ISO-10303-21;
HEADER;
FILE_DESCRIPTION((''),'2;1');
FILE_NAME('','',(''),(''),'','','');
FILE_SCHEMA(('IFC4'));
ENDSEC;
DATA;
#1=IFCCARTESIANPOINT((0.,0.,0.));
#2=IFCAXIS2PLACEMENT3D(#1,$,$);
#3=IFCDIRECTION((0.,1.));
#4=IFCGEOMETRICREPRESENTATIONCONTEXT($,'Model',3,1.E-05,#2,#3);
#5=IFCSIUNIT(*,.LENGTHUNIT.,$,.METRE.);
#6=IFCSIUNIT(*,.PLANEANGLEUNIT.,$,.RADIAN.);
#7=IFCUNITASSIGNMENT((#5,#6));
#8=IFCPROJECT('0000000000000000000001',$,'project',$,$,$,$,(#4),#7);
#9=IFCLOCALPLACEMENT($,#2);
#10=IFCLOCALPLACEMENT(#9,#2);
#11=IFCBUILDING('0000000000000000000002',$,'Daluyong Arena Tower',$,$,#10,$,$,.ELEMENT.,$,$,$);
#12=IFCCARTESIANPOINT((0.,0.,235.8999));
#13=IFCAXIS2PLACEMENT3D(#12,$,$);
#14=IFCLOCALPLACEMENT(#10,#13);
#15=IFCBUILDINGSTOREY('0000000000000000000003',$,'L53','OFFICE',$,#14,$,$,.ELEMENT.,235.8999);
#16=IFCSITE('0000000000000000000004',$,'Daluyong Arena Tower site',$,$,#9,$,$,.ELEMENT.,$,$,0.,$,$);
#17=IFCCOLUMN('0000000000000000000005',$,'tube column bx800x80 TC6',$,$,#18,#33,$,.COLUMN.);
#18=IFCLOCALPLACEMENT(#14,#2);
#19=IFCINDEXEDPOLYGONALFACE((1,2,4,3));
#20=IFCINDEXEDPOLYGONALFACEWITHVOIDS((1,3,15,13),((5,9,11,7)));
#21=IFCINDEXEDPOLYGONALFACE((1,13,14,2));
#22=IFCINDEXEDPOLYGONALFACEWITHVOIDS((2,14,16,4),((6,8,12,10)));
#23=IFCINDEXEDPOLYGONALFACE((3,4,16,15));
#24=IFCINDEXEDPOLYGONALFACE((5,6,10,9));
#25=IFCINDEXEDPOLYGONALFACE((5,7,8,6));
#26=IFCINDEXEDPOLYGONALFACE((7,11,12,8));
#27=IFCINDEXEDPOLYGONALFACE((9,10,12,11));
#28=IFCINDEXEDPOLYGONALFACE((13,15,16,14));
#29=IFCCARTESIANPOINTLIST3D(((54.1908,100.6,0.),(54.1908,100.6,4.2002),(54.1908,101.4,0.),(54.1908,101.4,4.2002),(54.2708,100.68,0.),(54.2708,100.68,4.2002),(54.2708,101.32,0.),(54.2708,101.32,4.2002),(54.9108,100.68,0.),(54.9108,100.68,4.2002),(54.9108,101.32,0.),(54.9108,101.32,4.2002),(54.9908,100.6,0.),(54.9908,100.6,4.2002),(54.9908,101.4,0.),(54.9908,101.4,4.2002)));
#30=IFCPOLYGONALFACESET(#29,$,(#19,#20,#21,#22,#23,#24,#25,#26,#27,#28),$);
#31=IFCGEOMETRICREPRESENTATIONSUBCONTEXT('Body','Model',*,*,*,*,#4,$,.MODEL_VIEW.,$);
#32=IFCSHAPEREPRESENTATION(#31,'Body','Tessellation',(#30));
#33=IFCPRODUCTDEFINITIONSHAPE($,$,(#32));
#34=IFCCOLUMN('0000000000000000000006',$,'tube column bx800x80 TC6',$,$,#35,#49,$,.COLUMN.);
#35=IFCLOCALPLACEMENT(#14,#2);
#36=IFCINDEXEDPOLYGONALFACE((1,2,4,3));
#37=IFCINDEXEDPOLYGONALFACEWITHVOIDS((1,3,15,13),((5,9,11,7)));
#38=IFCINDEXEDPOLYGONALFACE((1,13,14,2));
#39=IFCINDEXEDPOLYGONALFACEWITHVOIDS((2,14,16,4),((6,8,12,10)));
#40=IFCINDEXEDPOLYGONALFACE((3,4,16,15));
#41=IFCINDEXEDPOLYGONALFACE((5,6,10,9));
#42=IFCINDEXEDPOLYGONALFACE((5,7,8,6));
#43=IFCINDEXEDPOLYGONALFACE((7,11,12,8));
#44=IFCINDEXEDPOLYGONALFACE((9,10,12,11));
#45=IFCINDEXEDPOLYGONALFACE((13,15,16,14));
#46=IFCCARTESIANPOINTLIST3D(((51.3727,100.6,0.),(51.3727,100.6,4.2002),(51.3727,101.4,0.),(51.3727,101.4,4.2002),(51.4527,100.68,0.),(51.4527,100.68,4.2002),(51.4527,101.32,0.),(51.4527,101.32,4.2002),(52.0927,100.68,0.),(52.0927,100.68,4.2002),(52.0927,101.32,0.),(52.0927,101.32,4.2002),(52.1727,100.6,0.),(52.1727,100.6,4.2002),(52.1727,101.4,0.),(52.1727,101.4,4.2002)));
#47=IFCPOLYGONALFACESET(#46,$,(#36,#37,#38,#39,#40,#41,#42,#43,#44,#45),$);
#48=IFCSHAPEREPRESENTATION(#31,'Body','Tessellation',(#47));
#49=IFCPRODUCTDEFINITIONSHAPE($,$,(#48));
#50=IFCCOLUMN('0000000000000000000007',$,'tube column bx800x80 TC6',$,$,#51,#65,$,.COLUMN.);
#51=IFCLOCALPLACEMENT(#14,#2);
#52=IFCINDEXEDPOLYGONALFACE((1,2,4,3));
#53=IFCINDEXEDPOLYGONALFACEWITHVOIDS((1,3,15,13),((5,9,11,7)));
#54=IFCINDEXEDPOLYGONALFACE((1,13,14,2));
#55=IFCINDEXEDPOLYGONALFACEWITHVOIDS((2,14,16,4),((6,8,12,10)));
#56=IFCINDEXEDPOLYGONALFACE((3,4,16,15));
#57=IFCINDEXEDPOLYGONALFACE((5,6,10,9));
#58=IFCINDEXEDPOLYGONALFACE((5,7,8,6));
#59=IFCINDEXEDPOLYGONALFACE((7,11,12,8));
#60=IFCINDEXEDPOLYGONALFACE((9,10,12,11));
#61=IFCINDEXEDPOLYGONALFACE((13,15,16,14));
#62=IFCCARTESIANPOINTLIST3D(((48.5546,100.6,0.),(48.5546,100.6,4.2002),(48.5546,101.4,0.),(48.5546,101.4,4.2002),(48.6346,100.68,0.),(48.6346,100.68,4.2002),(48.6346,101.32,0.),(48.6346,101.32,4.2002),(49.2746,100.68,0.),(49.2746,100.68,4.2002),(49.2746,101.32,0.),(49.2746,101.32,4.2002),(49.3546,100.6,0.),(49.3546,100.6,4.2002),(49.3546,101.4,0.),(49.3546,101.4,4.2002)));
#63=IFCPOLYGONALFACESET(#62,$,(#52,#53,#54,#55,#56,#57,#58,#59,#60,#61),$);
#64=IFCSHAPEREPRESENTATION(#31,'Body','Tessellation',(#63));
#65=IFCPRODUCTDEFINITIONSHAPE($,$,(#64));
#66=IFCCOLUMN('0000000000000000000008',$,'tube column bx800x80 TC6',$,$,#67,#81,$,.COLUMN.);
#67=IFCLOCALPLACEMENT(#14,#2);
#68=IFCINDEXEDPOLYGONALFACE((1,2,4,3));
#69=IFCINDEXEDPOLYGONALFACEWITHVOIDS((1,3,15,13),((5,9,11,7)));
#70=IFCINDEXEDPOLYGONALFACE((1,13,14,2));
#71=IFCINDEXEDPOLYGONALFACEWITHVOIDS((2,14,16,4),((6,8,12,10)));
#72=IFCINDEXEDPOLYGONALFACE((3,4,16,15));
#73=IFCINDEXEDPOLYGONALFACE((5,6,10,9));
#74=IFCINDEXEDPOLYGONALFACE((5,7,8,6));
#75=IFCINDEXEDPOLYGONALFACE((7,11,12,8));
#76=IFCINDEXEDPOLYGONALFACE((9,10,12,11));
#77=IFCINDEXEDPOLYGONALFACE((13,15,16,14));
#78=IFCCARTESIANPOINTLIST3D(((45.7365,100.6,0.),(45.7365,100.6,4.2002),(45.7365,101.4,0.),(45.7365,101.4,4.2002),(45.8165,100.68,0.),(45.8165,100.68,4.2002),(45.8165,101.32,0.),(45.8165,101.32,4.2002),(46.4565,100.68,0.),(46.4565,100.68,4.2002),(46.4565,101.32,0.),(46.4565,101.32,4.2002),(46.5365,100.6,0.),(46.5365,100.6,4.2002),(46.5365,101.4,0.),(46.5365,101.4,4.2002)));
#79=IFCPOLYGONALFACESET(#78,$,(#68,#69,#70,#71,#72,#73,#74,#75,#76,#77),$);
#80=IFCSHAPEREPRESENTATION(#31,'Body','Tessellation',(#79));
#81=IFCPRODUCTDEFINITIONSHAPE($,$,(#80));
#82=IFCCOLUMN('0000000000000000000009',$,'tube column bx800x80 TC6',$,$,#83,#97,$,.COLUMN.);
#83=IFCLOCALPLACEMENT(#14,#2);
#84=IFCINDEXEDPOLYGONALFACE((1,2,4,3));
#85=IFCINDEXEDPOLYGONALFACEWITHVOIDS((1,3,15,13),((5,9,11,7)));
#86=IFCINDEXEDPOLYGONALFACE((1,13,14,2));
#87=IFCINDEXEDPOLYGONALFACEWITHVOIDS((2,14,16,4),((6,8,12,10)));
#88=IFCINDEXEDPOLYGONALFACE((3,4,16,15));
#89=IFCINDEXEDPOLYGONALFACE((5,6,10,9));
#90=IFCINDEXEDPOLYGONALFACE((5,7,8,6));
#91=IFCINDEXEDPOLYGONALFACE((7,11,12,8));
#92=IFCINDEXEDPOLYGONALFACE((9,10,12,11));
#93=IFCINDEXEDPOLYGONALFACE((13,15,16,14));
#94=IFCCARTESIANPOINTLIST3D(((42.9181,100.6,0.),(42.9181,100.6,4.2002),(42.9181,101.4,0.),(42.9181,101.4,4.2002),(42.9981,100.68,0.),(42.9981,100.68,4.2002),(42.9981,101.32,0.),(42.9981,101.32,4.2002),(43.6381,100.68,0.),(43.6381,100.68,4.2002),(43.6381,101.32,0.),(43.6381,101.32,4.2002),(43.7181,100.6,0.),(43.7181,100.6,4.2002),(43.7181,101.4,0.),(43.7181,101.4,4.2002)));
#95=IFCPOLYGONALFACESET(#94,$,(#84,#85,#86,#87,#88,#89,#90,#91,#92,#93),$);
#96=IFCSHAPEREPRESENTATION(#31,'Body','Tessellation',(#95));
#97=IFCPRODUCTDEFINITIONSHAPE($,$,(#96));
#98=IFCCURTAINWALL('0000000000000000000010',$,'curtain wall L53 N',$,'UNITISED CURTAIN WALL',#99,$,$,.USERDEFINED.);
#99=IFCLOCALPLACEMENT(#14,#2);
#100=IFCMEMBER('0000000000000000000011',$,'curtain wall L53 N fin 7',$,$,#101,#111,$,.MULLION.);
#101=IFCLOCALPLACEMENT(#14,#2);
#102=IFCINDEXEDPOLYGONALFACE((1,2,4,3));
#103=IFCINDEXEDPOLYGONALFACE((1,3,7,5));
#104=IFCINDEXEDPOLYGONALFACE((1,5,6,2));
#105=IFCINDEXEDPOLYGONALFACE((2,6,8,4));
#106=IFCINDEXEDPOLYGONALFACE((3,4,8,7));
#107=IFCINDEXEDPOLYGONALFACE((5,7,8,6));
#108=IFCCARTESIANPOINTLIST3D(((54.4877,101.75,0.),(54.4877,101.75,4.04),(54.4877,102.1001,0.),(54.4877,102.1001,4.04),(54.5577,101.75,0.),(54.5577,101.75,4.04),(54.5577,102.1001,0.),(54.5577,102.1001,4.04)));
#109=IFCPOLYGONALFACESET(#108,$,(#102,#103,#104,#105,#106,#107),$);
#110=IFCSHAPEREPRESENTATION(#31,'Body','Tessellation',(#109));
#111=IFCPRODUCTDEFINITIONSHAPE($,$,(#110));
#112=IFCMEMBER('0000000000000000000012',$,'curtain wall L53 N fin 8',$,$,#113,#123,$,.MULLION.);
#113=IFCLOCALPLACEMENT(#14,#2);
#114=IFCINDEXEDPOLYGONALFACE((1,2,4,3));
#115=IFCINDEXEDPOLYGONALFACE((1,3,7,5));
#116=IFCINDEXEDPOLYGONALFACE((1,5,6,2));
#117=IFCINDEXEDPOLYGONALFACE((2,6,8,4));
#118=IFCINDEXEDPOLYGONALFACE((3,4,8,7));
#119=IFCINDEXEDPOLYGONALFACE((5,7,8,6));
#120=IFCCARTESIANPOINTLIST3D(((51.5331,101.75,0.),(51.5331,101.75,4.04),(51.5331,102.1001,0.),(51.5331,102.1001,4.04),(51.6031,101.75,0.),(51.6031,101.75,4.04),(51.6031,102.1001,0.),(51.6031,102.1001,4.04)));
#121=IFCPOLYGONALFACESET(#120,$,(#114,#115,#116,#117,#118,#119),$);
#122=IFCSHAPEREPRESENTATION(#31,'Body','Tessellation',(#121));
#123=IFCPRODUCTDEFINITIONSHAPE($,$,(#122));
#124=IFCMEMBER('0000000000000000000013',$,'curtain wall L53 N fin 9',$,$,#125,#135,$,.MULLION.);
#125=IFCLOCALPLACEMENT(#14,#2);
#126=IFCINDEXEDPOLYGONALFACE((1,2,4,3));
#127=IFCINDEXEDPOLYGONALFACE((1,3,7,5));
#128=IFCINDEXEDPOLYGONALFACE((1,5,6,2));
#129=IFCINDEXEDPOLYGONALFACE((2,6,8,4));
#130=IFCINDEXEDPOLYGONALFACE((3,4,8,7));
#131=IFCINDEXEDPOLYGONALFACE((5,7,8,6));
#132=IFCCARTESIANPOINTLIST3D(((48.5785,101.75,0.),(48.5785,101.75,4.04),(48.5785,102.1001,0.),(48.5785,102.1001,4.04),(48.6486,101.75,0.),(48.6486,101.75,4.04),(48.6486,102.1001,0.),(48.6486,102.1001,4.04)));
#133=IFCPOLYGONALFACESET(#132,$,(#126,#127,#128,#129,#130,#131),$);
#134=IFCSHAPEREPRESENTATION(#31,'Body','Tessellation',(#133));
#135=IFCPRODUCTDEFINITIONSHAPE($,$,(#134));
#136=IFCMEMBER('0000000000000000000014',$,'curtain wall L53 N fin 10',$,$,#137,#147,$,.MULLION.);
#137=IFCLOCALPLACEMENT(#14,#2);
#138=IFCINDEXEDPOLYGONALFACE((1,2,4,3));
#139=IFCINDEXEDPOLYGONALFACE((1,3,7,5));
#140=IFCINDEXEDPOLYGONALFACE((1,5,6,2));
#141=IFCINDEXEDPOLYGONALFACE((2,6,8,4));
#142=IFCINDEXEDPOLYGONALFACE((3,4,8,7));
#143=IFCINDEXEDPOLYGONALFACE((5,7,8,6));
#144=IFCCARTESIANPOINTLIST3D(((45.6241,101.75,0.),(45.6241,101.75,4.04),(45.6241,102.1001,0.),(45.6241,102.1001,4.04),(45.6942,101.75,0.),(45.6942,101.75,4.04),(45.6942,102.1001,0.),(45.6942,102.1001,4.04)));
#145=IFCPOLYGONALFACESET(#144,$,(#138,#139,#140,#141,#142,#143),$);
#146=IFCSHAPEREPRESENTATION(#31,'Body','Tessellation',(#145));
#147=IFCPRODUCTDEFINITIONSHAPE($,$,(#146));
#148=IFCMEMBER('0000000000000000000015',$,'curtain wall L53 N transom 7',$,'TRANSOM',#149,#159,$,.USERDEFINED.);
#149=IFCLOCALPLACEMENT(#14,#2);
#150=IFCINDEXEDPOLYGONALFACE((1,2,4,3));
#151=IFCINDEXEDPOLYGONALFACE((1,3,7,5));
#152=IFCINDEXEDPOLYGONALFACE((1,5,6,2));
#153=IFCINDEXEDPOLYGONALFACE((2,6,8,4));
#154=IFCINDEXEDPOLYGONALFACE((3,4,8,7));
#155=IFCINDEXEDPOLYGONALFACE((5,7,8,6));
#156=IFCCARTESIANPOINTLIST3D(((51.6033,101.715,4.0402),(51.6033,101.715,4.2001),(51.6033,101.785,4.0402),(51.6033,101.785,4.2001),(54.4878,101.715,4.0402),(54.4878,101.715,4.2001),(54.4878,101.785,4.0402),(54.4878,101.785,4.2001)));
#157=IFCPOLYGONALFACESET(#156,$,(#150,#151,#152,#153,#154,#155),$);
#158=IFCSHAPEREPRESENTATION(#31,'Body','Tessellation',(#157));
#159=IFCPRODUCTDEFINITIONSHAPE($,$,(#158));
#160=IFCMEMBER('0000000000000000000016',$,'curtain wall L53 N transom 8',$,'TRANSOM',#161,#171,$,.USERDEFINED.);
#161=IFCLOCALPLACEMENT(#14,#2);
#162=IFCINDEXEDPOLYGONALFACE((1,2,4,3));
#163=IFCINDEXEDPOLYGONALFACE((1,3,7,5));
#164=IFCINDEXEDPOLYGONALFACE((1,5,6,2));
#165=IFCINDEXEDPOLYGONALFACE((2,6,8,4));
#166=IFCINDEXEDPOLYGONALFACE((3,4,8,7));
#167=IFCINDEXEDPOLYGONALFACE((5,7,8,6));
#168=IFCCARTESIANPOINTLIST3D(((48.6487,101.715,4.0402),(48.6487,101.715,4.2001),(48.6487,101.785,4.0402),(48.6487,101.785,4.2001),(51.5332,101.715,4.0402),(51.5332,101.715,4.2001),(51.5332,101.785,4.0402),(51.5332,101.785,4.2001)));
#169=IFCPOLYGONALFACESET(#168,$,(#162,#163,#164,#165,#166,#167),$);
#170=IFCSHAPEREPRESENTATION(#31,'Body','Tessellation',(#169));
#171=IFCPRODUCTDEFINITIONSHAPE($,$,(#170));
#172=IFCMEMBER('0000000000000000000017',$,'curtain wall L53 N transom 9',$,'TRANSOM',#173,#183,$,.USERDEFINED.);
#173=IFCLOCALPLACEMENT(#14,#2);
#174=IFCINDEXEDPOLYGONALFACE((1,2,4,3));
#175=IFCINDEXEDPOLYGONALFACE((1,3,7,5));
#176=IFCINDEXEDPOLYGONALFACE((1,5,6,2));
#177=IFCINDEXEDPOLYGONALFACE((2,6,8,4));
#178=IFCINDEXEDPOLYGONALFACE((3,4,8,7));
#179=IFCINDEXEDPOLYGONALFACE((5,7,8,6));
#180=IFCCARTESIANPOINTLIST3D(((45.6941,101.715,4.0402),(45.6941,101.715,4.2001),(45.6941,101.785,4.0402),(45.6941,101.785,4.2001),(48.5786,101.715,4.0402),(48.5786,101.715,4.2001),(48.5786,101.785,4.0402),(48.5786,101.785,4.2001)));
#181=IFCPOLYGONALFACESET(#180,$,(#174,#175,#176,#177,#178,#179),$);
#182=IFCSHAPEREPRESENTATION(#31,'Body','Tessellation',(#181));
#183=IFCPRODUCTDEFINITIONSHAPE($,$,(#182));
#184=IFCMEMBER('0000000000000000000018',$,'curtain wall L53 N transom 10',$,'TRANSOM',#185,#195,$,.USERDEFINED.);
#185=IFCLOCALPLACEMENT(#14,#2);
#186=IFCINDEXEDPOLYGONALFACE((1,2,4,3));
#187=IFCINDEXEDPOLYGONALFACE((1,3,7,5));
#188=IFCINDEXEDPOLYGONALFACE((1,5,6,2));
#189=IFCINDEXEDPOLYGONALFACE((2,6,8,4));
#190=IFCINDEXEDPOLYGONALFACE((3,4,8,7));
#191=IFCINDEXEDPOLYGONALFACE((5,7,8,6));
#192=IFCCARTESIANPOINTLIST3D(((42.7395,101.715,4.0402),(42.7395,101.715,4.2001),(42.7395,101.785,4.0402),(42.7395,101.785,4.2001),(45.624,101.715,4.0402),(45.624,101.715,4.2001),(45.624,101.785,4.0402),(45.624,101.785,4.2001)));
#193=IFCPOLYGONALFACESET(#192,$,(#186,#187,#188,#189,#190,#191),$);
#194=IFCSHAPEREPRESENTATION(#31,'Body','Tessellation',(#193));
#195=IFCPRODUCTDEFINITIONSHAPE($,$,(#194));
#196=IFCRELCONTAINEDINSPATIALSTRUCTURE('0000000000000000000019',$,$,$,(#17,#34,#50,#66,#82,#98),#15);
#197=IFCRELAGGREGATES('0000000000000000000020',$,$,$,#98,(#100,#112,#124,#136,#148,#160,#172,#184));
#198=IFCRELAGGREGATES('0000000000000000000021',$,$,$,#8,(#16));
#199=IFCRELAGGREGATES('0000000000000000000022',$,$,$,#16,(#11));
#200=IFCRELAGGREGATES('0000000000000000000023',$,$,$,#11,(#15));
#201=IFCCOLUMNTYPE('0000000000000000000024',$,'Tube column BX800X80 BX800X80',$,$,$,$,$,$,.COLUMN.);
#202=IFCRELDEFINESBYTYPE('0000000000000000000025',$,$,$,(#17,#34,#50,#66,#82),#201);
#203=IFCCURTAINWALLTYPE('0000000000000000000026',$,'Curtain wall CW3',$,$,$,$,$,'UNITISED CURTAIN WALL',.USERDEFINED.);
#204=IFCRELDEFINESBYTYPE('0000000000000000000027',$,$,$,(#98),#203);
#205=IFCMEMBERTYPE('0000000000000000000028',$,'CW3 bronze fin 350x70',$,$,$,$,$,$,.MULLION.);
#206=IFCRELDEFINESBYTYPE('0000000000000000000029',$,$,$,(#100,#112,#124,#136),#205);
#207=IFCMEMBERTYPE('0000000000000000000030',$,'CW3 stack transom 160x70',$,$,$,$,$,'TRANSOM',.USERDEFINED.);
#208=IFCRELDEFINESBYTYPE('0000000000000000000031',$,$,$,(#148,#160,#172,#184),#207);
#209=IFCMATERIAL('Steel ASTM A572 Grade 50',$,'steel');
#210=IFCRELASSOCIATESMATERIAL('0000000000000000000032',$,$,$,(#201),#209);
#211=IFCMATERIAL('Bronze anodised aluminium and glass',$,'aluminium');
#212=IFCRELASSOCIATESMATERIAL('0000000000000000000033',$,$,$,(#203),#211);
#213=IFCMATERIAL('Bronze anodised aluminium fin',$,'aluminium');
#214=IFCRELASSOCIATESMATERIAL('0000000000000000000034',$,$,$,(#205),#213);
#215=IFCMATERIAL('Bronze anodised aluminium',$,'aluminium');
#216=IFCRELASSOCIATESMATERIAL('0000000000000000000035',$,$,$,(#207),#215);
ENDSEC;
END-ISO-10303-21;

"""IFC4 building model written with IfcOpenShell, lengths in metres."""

from ifc_helpers import new_model, si_unit, direction, frame, origin, origin_2d, place, context, subcontext, project, spatial, rectangle, hollow_rectangle, extrude, material, material_profile, profile_set, type_object, element, aggregate, save


model = new_model("IFC4")

# Units and contexts
model_context = context("Model", 3, precision=1e-05, world=origin(), true_north=direction((0.0, 1.0)))
body_context = subcontext(model_context, "Body", "Model", "MODEL_VIEW")
ifc_project = project(units=[si_unit("LENGTHUNIT", "METRE"), si_unit("PLANEANGLEUNIT", "RADIAN")], contexts=[model_context])

# Site, building, storey
site_placement = place(None, origin())
site = spatial("IfcSite", under=ifc_project, at=site_placement, Name="Daluyong Arena Tower site", CompositionType="ELEMENT", RefElevation=0.0)
building_placement = place(site_placement, origin())
building = spatial("IfcBuilding", under=site, at=building_placement, Name="Daluyong Arena Tower", CompositionType="ELEMENT")
storey_placement = place(building_placement, frame((0.0, 0.0, 235.8999)))
storey = spatial("IfcBuildingStorey", under=building, at=storey_placement, Name="L53", Description="OFFICE", CompositionType="ELEMENT", Elevation=235.8999)

# Columns
ifc_material_1 = material(Name="Steel ASTM A572 Grade 50", Category="steel")
ifc_material_profile_1 = material_profile(ifc_material_1, hollow_rectangle(XDim=0.8, YDim=0.8, WallThickness=0.08, at=origin_2d()))
ifc_profile_set_1 = profile_set([ifc_material_profile_1], Name="Steel ASTM A572 Grade 50")
column_type = type_object("IfcColumnType", Name="Tube column BX800X80 BX800X80", PredefinedType="COLUMN", material=ifc_profile_set_1)
for number, where, z_axis, x_axis, name in (
    (1, (54.5908, 101.0, 0.0), (0.0, 0.0, 1.0), (1.0, 0.0, 0.0), "tube column bx800x80 TC6"),
    (2, (51.7727, 101.0, 0.0), (0.0, 0.0, 1.0), (1.0, 0.0, 0.0), "tube column bx800x80 TC6"),
    (3, (48.9546, 101.0, 0.0), (0.0, 0.0, 1.0), (1.0, 0.0, 0.0), "tube column bx800x80 TC6"),
    (4, (46.1365, 101.0, 0.0), (0.0, 0.0, 1.0), (1.0, 0.0, 0.0), "tube column bx800x80 TC6"),
    (5, (43.3181, 101.0, 0.0), (0.0, 0.0, 1.0), (1.0, 0.0, 0.0), "tube column bx800x80 TC6"),
):
    element("IfcColumn", number, at=place(storey_placement, frame(where, z_axis=z_axis, x_axis=x_axis)), inside=storey, type_object=column_type, Name=name, PredefinedType="COLUMN", context=body_context, shape_type="SweptSolid", body=[
        extrude(hollow_rectangle(XDim=0.8, YDim=0.8, WallThickness=0.08, at=origin_2d()), origin(), (0.0, 0.0, 1.0), 4.2002),
    ])

# Curtain wall, members
ifc_material_2 = material(Name="Bronze anodised aluminium and glass", Category="aluminium")
curtain_wall_type = type_object("IfcCurtainWallType", Name="Curtain wall CW3", ElementType="UNITISED CURTAIN WALL", PredefinedType="USERDEFINED", material=ifc_material_2)
curtain_wall_placement = place(storey_placement, origin())
curtain_wall = element("IfcCurtainWall", 6, at=curtain_wall_placement, inside=storey, type_object=curtain_wall_type, Name="curtain wall L53 N", ObjectType="UNITISED CURTAIN WALL", PredefinedType="USERDEFINED")
ifc_material_3 = material(Name="Bronze anodised aluminium fin", Category="aluminium")
ifc_material_profile_2 = material_profile(ifc_material_3, rectangle(XDim=0.3501, YDim=0.0701, at=origin_2d()))
ifc_profile_set_2 = profile_set([ifc_material_profile_2], Name="Bronze anodised aluminium fin")
member_type_1 = type_object("IfcMemberType", Name="CW3 bronze fin 350x70", PredefinedType="MULLION", material=ifc_profile_set_2)
member_1_placement = place(storey_placement, frame((54.5227, 101.925, 0.0), z_axis=(0.0, 0.0, 1.0), x_axis=(0.0, -1.0, 0.0)))
member_1 = element("IfcMember", 7, at=member_1_placement, type_object=member_type_1, Name="curtain wall L53 N fin 7", PredefinedType="MULLION", context=body_context, shape_type="SweptSolid", body=[
    extrude(rectangle(XDim=0.3501, YDim=0.0701, at=origin_2d()), origin(), (0.0, 0.0, 1.0), 4.04),
])
member_2_placement = place(storey_placement, frame((51.5681, 101.925, 0.0), z_axis=(0.0, 0.0, 1.0), x_axis=(0.0, -1.0, 0.0)))
member_2 = element("IfcMember", 8, at=member_2_placement, type_object=member_type_1, Name="curtain wall L53 N fin 8", PredefinedType="MULLION", context=body_context, shape_type="SweptSolid", body=[
    extrude(rectangle(XDim=0.3501, YDim=0.0701, at=origin_2d()), origin(), (0.0, 0.0, 1.0), 4.04),
])
member_3_placement = place(storey_placement, frame((48.6135, 101.925, 0.0), z_axis=(0.0, 0.0, 1.0), x_axis=(0.0, -1.0, 0.0)))
member_3 = element("IfcMember", 9, at=member_3_placement, type_object=member_type_1, Name="curtain wall L53 N fin 9", PredefinedType="MULLION", context=body_context, shape_type="SweptSolid", body=[
    extrude(rectangle(XDim=0.3501, YDim=0.0701, at=origin_2d()), origin(), (0.0, 0.0, 1.0), 4.04),
])
member_4_placement = place(storey_placement, frame((45.6592, 101.925, 0.0), z_axis=(0.0, 0.0, 1.0), x_axis=(0.0, -1.0, 0.0)))
member_4 = element("IfcMember", 10, at=member_4_placement, type_object=member_type_1, Name="curtain wall L53 N fin 10", PredefinedType="MULLION", context=body_context, shape_type="SweptSolid", body=[
    extrude(rectangle(XDim=0.3501, YDim=0.0701, at=origin_2d()), origin(), (0.0, 0.0, 1.0), 4.04),
])
ifc_material_4 = material(Name="Bronze anodised aluminium", Category="aluminium")
ifc_material_profile_3 = material_profile(ifc_material_4, rectangle(XDim=0.0701, YDim=0.1599, at=origin_2d()))
ifc_profile_set_3 = profile_set([ifc_material_profile_3], Name="Bronze anodised aluminium")
member_type_2 = type_object("IfcMemberType", Name="CW3 stack transom 160x70", ElementType="TRANSOM", PredefinedType="USERDEFINED", material=ifc_profile_set_3)
member_5_placement = place(storey_placement, frame((54.4878, 101.75, 4.1201), z_axis=(-1.0, 0.0, 0.0), x_axis=(0.0, -1.0, 0.0)))
member_5 = element("IfcMember", 11, at=member_5_placement, type_object=member_type_2, Name="curtain wall L53 N transom 7", ObjectType="TRANSOM", PredefinedType="USERDEFINED", context=body_context, shape_type="SweptSolid", body=[
    extrude(rectangle(XDim=0.0701, YDim=0.1599, at=origin_2d()), origin(), (0.0, 0.0, 1.0), 2.8845),
])
member_6_placement = place(storey_placement, frame((51.5332, 101.75, 4.1201), z_axis=(-1.0, 0.0, 0.0), x_axis=(0.0, -1.0, 0.0)))
member_6 = element("IfcMember", 12, at=member_6_placement, type_object=member_type_2, Name="curtain wall L53 N transom 8", ObjectType="TRANSOM", PredefinedType="USERDEFINED", context=body_context, shape_type="SweptSolid", body=[
    extrude(rectangle(XDim=0.0701, YDim=0.1599, at=origin_2d()), origin(), (0.0, 0.0, 1.0), 2.8845),
])
member_7_placement = place(storey_placement, frame((48.5786, 101.75, 4.1201), z_axis=(-1.0, 0.0, 0.0), x_axis=(0.0, -1.0, 0.0)))
member_7 = element("IfcMember", 13, at=member_7_placement, type_object=member_type_2, Name="curtain wall L53 N transom 9", ObjectType="TRANSOM", PredefinedType="USERDEFINED", context=body_context, shape_type="SweptSolid", body=[
    extrude(rectangle(XDim=0.0701, YDim=0.1599, at=origin_2d()), origin(), (0.0, 0.0, 1.0), 2.8845),
])
member_8_placement = place(storey_placement, frame((45.624, 101.75, 4.1201), z_axis=(-1.0, 0.0, 0.0), x_axis=(0.0, -1.0, 0.0)))
member_8 = element("IfcMember", 14, at=member_8_placement, type_object=member_type_2, Name="curtain wall L53 N transom 10", ObjectType="TRANSOM", PredefinedType="USERDEFINED", context=body_context, shape_type="SweptSolid", body=[
    extrude(rectangle(XDim=0.0701, YDim=0.1599, at=origin_2d()), origin(), (0.0, 0.0, 1.0), 2.8845),
])

aggregate(curtain_wall, [member_1, member_2, member_3, member_4, member_5, member_6, member_7, member_8])

save(model, "model.ifc")
